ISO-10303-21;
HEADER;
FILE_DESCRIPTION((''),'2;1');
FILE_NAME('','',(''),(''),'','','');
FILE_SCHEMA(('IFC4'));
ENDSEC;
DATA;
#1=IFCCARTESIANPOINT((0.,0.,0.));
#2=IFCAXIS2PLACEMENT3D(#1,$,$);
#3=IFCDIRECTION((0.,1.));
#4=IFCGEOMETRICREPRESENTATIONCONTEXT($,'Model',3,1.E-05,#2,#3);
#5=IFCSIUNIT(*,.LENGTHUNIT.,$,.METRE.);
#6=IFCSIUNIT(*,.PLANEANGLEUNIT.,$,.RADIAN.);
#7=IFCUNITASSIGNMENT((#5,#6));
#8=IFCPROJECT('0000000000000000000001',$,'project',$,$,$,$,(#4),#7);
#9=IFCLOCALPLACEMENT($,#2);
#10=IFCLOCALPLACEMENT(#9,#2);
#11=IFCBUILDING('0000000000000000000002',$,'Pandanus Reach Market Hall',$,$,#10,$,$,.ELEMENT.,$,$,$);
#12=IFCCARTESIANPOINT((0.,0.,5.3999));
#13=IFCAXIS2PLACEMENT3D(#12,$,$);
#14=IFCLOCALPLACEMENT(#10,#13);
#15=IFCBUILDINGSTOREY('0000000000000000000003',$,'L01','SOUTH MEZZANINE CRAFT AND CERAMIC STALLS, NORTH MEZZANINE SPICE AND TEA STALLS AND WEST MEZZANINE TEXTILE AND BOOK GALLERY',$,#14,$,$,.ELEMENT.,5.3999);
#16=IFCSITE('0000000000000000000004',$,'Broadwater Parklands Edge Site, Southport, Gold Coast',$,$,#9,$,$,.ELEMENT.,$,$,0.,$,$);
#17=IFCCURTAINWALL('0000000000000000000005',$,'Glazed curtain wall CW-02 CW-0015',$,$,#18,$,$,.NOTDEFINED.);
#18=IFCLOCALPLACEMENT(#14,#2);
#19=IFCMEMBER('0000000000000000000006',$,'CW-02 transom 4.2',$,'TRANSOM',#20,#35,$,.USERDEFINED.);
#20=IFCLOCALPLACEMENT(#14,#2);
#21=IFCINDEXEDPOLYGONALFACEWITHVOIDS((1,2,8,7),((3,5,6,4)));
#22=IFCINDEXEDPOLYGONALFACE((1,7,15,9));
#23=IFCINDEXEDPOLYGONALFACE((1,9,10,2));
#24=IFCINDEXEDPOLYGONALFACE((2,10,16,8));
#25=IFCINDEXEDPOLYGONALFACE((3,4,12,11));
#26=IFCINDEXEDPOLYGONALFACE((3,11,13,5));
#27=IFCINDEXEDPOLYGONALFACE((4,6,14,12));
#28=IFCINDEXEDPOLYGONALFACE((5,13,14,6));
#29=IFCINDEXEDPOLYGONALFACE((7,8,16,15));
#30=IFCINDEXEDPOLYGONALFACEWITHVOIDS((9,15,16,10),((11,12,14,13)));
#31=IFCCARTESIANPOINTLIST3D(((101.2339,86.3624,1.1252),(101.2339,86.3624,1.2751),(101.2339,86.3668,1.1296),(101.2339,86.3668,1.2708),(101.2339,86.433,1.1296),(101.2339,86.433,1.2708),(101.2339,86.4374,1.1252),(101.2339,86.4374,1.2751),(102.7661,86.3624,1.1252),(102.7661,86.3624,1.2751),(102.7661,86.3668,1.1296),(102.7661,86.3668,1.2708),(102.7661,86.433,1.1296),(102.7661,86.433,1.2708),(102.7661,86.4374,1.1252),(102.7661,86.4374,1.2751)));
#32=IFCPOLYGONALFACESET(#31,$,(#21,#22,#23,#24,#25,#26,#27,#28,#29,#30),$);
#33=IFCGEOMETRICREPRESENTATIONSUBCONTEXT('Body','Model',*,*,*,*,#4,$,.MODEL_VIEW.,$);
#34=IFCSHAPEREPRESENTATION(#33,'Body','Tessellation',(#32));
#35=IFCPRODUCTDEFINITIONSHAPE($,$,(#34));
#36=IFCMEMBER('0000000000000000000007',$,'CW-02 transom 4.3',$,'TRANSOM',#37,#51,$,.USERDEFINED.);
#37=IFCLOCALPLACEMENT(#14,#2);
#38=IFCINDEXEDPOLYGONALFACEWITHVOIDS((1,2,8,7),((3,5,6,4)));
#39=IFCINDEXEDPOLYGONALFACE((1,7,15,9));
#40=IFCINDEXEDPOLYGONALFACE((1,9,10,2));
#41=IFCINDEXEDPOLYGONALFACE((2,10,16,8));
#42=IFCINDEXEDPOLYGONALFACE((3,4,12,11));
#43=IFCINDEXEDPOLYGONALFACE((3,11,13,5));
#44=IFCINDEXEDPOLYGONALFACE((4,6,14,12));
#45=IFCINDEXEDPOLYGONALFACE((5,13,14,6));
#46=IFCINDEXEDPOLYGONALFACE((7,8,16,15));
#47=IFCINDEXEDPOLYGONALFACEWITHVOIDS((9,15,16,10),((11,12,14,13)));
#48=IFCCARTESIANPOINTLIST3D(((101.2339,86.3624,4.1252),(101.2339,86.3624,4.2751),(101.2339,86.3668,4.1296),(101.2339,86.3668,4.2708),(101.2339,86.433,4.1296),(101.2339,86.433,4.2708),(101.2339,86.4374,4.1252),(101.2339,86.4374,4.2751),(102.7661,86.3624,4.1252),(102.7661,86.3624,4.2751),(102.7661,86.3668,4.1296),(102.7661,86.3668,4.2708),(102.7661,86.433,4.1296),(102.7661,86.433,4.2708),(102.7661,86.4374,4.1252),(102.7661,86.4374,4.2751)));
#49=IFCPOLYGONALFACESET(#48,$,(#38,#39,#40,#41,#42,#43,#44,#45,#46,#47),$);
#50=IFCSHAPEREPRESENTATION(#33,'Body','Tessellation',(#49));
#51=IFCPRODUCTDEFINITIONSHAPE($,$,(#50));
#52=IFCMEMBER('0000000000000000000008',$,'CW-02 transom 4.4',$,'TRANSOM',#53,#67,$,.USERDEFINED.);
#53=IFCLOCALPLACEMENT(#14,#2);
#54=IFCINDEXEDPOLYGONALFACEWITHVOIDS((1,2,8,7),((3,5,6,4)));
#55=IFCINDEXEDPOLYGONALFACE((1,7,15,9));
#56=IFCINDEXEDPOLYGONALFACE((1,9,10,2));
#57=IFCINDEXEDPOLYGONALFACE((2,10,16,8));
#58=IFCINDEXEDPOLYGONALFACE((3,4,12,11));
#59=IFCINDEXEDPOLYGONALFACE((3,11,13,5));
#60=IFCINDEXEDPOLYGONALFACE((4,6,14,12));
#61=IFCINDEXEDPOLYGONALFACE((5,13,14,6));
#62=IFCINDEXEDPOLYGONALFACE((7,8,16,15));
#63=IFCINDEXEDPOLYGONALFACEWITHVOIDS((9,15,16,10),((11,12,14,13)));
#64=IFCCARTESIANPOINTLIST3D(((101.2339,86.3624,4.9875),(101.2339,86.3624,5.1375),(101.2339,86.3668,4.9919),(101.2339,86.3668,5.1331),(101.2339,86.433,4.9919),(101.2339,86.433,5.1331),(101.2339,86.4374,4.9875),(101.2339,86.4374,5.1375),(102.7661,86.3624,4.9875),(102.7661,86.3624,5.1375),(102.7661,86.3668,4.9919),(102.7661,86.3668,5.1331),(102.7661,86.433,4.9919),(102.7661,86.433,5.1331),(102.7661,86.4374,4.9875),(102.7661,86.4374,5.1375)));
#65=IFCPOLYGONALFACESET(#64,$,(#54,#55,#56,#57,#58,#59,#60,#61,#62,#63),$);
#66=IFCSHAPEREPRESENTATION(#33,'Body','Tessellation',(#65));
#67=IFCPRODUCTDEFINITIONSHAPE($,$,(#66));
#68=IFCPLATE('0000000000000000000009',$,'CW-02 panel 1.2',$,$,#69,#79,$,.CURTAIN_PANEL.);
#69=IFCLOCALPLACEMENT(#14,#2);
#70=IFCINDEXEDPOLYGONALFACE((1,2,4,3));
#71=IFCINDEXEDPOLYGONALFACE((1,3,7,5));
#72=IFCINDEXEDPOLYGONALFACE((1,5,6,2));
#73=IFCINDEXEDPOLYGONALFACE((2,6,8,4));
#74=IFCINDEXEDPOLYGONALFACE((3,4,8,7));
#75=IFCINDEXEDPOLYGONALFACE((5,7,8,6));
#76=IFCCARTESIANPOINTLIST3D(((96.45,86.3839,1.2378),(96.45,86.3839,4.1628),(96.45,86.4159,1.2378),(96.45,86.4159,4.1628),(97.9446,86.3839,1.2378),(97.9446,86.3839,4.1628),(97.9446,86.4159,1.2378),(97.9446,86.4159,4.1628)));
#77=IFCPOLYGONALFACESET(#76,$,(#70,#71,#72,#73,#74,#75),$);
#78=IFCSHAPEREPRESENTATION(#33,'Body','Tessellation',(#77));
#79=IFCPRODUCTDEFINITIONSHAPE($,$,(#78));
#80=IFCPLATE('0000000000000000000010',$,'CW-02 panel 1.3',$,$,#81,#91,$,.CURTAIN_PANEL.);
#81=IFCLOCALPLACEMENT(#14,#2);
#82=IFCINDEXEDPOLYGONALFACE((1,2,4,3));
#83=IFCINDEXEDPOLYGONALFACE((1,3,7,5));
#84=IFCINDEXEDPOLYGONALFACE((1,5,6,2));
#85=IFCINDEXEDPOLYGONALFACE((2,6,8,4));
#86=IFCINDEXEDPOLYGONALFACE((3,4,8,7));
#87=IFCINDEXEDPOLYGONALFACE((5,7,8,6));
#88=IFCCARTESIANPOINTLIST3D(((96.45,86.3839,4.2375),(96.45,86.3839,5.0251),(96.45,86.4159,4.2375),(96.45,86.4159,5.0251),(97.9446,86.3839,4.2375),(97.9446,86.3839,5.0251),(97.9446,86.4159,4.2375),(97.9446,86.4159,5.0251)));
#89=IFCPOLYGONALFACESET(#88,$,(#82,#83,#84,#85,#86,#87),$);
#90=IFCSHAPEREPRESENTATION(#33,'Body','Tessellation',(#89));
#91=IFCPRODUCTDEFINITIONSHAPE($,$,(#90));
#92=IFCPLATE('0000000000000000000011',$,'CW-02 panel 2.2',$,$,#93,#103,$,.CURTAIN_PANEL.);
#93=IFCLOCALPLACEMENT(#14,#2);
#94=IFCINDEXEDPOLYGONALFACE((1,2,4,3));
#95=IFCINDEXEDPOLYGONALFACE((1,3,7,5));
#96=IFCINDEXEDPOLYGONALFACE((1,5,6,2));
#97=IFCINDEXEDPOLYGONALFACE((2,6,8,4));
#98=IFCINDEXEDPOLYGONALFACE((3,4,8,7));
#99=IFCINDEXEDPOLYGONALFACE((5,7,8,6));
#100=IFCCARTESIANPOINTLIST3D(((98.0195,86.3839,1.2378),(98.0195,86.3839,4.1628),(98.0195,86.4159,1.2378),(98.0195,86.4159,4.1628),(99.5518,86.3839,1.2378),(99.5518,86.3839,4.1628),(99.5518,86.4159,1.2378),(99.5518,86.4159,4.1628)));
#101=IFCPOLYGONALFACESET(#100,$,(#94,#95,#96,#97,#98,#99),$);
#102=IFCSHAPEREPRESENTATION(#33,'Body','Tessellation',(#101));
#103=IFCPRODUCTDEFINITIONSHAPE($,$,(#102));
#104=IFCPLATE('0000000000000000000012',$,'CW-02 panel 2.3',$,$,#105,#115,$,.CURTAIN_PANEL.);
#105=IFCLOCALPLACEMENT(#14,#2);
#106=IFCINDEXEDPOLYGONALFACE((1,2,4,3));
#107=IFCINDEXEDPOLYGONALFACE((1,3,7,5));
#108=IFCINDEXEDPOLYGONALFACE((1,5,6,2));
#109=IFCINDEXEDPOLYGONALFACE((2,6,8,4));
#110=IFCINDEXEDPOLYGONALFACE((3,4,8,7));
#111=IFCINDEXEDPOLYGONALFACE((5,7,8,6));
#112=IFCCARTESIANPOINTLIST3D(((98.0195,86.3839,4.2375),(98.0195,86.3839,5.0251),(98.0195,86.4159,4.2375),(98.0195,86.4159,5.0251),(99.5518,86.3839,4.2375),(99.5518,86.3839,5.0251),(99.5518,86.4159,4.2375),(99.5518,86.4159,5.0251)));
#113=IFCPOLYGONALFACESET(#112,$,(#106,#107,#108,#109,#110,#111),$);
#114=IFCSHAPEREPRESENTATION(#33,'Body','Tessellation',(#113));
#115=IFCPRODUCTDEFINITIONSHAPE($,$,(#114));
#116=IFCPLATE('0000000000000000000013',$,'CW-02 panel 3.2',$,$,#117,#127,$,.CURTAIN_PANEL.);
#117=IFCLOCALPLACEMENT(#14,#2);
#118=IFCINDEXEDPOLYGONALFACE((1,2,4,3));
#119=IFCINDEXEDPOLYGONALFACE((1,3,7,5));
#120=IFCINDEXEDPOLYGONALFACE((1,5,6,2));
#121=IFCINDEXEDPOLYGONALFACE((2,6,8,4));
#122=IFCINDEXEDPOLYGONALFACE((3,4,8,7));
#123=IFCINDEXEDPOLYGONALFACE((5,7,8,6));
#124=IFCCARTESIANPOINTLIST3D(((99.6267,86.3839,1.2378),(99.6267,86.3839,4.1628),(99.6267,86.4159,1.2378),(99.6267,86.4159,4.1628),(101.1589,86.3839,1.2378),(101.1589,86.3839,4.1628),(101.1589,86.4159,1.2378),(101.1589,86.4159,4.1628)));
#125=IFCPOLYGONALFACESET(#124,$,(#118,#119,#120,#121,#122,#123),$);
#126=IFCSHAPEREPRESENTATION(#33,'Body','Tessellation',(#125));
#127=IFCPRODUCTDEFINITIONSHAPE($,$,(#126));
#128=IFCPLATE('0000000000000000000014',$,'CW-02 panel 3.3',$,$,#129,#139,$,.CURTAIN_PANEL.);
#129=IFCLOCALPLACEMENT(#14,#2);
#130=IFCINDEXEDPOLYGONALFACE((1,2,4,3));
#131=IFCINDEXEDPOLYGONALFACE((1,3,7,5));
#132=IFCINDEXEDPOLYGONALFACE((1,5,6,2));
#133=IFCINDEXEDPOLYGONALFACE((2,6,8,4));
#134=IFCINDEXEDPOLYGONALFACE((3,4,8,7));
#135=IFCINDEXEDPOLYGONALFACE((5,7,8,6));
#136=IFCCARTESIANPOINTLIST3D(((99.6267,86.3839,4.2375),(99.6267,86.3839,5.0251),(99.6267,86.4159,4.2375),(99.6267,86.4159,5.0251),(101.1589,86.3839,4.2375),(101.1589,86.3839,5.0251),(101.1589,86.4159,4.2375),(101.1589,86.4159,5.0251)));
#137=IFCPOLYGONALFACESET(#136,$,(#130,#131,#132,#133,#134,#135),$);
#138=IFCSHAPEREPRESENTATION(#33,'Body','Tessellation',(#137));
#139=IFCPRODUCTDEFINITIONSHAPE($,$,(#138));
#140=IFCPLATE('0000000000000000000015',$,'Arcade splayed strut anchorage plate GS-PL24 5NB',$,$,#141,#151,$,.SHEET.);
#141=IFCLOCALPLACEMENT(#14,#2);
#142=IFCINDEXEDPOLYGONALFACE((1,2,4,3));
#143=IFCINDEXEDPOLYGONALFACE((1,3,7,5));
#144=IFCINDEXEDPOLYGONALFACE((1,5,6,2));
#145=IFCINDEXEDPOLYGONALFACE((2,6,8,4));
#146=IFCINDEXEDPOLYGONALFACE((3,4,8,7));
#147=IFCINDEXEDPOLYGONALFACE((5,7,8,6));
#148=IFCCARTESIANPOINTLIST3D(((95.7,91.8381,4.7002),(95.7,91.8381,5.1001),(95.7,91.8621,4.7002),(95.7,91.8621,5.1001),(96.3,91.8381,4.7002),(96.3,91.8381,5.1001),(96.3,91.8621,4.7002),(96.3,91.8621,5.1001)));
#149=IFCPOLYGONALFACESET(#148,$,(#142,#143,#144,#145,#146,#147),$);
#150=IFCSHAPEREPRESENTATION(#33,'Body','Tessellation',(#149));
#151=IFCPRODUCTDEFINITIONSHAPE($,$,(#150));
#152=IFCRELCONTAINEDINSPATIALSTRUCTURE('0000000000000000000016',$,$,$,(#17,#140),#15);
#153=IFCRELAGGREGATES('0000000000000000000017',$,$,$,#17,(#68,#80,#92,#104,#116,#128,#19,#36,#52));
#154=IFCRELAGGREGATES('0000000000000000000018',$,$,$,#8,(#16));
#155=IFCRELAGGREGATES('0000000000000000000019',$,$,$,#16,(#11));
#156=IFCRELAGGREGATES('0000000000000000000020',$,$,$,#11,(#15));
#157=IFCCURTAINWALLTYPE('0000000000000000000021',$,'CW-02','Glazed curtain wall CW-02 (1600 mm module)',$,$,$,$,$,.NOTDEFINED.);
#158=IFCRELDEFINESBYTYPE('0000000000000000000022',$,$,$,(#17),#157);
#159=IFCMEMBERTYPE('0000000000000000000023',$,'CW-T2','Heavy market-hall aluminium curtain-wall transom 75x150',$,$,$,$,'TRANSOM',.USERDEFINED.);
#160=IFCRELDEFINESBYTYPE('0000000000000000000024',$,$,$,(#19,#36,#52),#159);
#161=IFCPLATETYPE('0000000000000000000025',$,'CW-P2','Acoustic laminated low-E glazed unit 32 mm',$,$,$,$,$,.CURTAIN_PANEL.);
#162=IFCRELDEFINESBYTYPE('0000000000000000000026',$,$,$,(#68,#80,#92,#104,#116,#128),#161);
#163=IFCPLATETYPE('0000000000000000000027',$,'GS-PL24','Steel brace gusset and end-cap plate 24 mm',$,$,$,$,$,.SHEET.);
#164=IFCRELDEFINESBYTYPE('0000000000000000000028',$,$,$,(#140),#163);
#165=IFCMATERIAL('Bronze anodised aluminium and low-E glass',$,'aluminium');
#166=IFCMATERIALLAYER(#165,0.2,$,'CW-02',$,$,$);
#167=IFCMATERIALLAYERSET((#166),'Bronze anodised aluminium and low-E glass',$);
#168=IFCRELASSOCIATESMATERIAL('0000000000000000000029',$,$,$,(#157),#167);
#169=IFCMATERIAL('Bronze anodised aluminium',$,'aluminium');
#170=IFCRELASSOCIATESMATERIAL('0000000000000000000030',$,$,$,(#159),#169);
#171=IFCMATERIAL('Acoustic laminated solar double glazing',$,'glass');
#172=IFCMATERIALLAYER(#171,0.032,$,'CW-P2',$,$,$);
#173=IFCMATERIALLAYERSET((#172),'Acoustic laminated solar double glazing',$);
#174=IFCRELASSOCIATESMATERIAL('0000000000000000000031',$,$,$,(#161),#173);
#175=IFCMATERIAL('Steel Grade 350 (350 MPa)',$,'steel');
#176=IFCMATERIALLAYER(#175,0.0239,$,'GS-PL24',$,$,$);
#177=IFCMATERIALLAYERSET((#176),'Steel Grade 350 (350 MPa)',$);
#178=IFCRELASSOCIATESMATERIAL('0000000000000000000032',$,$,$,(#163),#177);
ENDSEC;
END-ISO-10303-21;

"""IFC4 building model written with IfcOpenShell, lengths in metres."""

from ifc_helpers import new_model, si_unit, direction, frame, origin, origin_2d, place, context, subcontext, project, spatial, rectangle, hollow_rectangle, extrude, material, layer, layer_set, material_profile, profile_set, type_object, element, aggregate, save


model = new_model("IFC4")

# Units and contexts
model_context = context("Model", 3, precision=1e-05, world=origin(), true_north=direction((0.0, 1.0)))
body_context = subcontext(model_context, "Body", "Model", "MODEL_VIEW")
ifc_project = project(units=[si_unit("LENGTHUNIT", "METRE"), si_unit("PLANEANGLEUNIT", "RADIAN")], contexts=[model_context])

# Site, building, storey
site_placement = place(None, origin())
site = spatial("IfcSite", under=ifc_project, at=site_placement, Name="Broadwater Parklands Edge Site, Southport, Gold Coast", CompositionType="ELEMENT", RefElevation=0.0)
building_placement = place(site_placement, origin())
building = spatial("IfcBuilding", under=site, at=building_placement, Name="Pandanus Reach Market Hall", CompositionType="ELEMENT")
storey_placement = place(building_placement, frame((0.0, 0.0, 5.3999)))
storey = spatial("IfcBuildingStorey", under=building, at=storey_placement, Name="L01", Description="SOUTH MEZZANINE CRAFT AND CERAMIC STALLS, NORTH MEZZANINE SPICE AND TEA STALLS AND WEST MEZZANINE TEXTILE AND BOOK GALLERY", CompositionType="ELEMENT", Elevation=5.3999)

# Shared definitions
ifc_material_1 = material(Name="Steel Grade 350 (350 MPa)", Category="steel")

# Curtain wall, members, plates
ifc_material_2 = material(Name="Bronze anodised aluminium and low-E glass", Category="aluminium")
ifc_layer_1 = layer(ifc_material_2, 0.2, Name="CW-02")
ifc_layer_set_1 = layer_set([ifc_layer_1], Name="Bronze anodised aluminium and low-E glass")
curtain_wall_type = type_object("IfcCurtainWallType", Name="CW-02", Description="Glazed curtain wall CW-02 (1600 mm module)", PredefinedType="NOTDEFINED", material=ifc_layer_set_1)
curtain_wall_placement = place(storey_placement, origin())
curtain_wall = element("IfcCurtainWall", 1, at=curtain_wall_placement, inside=storey, type_object=curtain_wall_type, Name="Glazed curtain wall CW-02 CW-0015", PredefinedType="NOTDEFINED")
ifc_material_3 = material(Name="Bronze anodised aluminium", Category="aluminium")
ifc_material_profile_1 = material_profile(ifc_material_3, hollow_rectangle(XDim=0.075, YDim=0.1499, WallThickness=0.0044, at=origin_2d()), Name="ALU75x150", Category="LoadBearing")
ifc_profile_set_1 = profile_set([ifc_material_profile_1], Name="Bronze anodised aluminium")
member_type_1 = type_object("IfcMemberType", Name="CW-T2", Description="Heavy market-hall aluminium curtain-wall transom 75x150", ElementType="TRANSOM", PredefinedType="USERDEFINED", material=ifc_profile_set_1)
member_1_placement = place(storey_placement, frame((101.2339, 86.3999, 1.2002), z_axis=(1.0, 0.0, 0.0), x_axis=(0.0, 1.0, 0.0)))
member_1 = element("IfcMember", 2, at=member_1_placement, type_object=member_type_1, Name="CW-02 transom 4.2", ObjectType="TRANSOM", PredefinedType="USERDEFINED", context=body_context, shape_type="SweptSolid", body=[
    extrude(hollow_rectangle(XDim=0.075, YDim=0.1499, WallThickness=0.0044, at=origin_2d()), origin(), (0.0, 0.0, 1.0), 1.5322),
])
member_2_placement = place(storey_placement, frame((101.2339, 86.3999, 4.2002), z_axis=(1.0, 0.0, 0.0), x_axis=(0.0, 1.0, 0.0)))
member_2 = element("IfcMember", 3, at=member_2_placement, type_object=member_type_1, Name="CW-02 transom 4.3", ObjectType="TRANSOM", PredefinedType="USERDEFINED", context=body_context, shape_type="SweptSolid", body=[
    extrude(hollow_rectangle(XDim=0.075, YDim=0.1499, WallThickness=0.0044, at=origin_2d()), origin(), (0.0, 0.0, 1.0), 1.5322),
])
member_3_placement = place(storey_placement, frame((101.2339, 86.3999, 5.0625), z_axis=(1.0, 0.0, 0.0), x_axis=(0.0, 1.0, 0.0)))
member_3 = element("IfcMember", 4, at=member_3_placement, type_object=member_type_1, Name="CW-02 transom 4.4", ObjectType="TRANSOM", PredefinedType="USERDEFINED", context=body_context, shape_type="SweptSolid", body=[
    extrude(hollow_rectangle(XDim=0.075, YDim=0.1499, WallThickness=0.0044, at=origin_2d()), origin(), (0.0, 0.0, 1.0), 1.5322),
])
ifc_material_4 = material(Name="Acoustic laminated solar double glazing", Category="glass")
ifc_layer_2 = layer(ifc_material_4, 0.032, Name="CW-P2")
ifc_layer_set_2 = layer_set([ifc_layer_2], Name="Acoustic laminated solar double glazing")
plate_type_1 = type_object("IfcPlateType", Name="CW-P2", Description="Acoustic laminated low-E glazed unit 32 mm", PredefinedType="CURTAIN_PANEL", material=ifc_layer_set_2)
plate_1_placement = place(storey_placement, frame((97.1973, 86.3999, 1.2378), z_axis=(0.0, 0.0, 1.0), x_axis=(1.0, 0.0, 0.0)))
plate_1 = element("IfcPlate", 5, at=plate_1_placement, type_object=plate_type_1, Name="CW-02 panel 1.2", PredefinedType="CURTAIN_PANEL", context=body_context, shape_type="SweptSolid", body=[
    extrude(rectangle(XDim=1.4946, YDim=0.032, at=origin_2d()), origin(), (0.0, 0.0, 1.0), 2.925),
])
plate_2_placement = place(storey_placement, frame((97.1973, 86.3999, 4.2375), z_axis=(0.0, 0.0, 1.0), x_axis=(1.0, 0.0, 0.0)))
plate_2 = element("IfcPlate", 6, at=plate_2_placement, type_object=plate_type_1, Name="CW-02 panel 1.3", PredefinedType="CURTAIN_PANEL", context=body_context, shape_type="SweptSolid", body=[
    extrude(rectangle(XDim=1.4946, YDim=0.032, at=origin_2d()), origin(), (0.0, 0.0, 1.0), 0.7876),
])
plate_3_placement = place(storey_placement, frame((98.7856, 86.3999, 1.2378), z_axis=(0.0, 0.0, 1.0), x_axis=(1.0, 0.0, 0.0)))
plate_3 = element("IfcPlate", 7, at=plate_3_placement, type_object=plate_type_1, Name="CW-02 panel 2.2", PredefinedType="CURTAIN_PANEL", context=body_context, shape_type="SweptSolid", body=[
    extrude(rectangle(XDim=1.5322, YDim=0.032, at=origin_2d()), origin(), (0.0, 0.0, 1.0), 2.925),
])
plate_4_placement = place(storey_placement, frame((98.7856, 86.3999, 4.2375), z_axis=(0.0, 0.0, 1.0), x_axis=(1.0, 0.0, 0.0)))
plate_4 = element("IfcPlate", 8, at=plate_4_placement, type_object=plate_type_1, Name="CW-02 panel 2.3", PredefinedType="CURTAIN_PANEL", context=body_context, shape_type="SweptSolid", body=[
    extrude(rectangle(XDim=1.5322, YDim=0.032, at=origin_2d()), origin(), (0.0, 0.0, 1.0), 0.7876),
])
plate_5_placement = place(storey_placement, frame((100.3928, 86.3999, 1.2378), z_axis=(0.0, 0.0, 1.0), x_axis=(1.0, 0.0, 0.0)))
plate_5 = element("IfcPlate", 9, at=plate_5_placement, type_object=plate_type_1, Name="CW-02 panel 3.2", PredefinedType="CURTAIN_PANEL", context=body_context, shape_type="SweptSolid", body=[
    extrude(rectangle(XDim=1.5322, YDim=0.032, at=origin_2d()), origin(), (0.0, 0.0, 1.0), 2.925),
])
plate_6_placement = place(storey_placement, frame((100.3928, 86.3999, 4.2375), z_axis=(0.0, 0.0, 1.0), x_axis=(1.0, 0.0, 0.0)))
plate_6 = element("IfcPlate", 10, at=plate_6_placement, type_object=plate_type_1, Name="CW-02 panel 3.3", PredefinedType="CURTAIN_PANEL", context=body_context, shape_type="SweptSolid", body=[
    extrude(rectangle(XDim=1.5322, YDim=0.032, at=origin_2d()), origin(), (0.0, 0.0, 1.0), 0.7876),
])
aggregate(curtain_wall, [plate_1, plate_2, plate_3, plate_4, plate_5, plate_6, member_1, member_2, member_3])

# Plate
ifc_layer_3 = layer(ifc_material_1, 0.0239, Name="GS-PL24")
ifc_layer_set_3 = layer_set([ifc_layer_3], Name="Steel Grade 350 (350 MPa)")
plate_type_2 = type_object("IfcPlateType", Name="GS-PL24", Description="Steel brace gusset and end-cap plate 24 mm", PredefinedType="SHEET", material=ifc_layer_set_3)
plate_7_placement = place(storey_placement, frame((96.0, 91.8501, 4.7002), z_axis=(0.0, 0.0, 1.0), x_axis=(1.0, 0.0, 0.0)))
element("IfcPlate", 11, at=plate_7_placement, inside=storey, type_object=plate_type_2, Name="Arcade splayed strut anchorage plate GS-PL24 5NB", PredefinedType="SHEET", context=body_context, shape_type="SweptSolid", body=[
    extrude(rectangle(XDim=0.6001, YDim=0.0239, at=origin_2d()), origin(), (0.0, 0.0, 1.0), 0.3999),
])

save(model, "model.ifc")
